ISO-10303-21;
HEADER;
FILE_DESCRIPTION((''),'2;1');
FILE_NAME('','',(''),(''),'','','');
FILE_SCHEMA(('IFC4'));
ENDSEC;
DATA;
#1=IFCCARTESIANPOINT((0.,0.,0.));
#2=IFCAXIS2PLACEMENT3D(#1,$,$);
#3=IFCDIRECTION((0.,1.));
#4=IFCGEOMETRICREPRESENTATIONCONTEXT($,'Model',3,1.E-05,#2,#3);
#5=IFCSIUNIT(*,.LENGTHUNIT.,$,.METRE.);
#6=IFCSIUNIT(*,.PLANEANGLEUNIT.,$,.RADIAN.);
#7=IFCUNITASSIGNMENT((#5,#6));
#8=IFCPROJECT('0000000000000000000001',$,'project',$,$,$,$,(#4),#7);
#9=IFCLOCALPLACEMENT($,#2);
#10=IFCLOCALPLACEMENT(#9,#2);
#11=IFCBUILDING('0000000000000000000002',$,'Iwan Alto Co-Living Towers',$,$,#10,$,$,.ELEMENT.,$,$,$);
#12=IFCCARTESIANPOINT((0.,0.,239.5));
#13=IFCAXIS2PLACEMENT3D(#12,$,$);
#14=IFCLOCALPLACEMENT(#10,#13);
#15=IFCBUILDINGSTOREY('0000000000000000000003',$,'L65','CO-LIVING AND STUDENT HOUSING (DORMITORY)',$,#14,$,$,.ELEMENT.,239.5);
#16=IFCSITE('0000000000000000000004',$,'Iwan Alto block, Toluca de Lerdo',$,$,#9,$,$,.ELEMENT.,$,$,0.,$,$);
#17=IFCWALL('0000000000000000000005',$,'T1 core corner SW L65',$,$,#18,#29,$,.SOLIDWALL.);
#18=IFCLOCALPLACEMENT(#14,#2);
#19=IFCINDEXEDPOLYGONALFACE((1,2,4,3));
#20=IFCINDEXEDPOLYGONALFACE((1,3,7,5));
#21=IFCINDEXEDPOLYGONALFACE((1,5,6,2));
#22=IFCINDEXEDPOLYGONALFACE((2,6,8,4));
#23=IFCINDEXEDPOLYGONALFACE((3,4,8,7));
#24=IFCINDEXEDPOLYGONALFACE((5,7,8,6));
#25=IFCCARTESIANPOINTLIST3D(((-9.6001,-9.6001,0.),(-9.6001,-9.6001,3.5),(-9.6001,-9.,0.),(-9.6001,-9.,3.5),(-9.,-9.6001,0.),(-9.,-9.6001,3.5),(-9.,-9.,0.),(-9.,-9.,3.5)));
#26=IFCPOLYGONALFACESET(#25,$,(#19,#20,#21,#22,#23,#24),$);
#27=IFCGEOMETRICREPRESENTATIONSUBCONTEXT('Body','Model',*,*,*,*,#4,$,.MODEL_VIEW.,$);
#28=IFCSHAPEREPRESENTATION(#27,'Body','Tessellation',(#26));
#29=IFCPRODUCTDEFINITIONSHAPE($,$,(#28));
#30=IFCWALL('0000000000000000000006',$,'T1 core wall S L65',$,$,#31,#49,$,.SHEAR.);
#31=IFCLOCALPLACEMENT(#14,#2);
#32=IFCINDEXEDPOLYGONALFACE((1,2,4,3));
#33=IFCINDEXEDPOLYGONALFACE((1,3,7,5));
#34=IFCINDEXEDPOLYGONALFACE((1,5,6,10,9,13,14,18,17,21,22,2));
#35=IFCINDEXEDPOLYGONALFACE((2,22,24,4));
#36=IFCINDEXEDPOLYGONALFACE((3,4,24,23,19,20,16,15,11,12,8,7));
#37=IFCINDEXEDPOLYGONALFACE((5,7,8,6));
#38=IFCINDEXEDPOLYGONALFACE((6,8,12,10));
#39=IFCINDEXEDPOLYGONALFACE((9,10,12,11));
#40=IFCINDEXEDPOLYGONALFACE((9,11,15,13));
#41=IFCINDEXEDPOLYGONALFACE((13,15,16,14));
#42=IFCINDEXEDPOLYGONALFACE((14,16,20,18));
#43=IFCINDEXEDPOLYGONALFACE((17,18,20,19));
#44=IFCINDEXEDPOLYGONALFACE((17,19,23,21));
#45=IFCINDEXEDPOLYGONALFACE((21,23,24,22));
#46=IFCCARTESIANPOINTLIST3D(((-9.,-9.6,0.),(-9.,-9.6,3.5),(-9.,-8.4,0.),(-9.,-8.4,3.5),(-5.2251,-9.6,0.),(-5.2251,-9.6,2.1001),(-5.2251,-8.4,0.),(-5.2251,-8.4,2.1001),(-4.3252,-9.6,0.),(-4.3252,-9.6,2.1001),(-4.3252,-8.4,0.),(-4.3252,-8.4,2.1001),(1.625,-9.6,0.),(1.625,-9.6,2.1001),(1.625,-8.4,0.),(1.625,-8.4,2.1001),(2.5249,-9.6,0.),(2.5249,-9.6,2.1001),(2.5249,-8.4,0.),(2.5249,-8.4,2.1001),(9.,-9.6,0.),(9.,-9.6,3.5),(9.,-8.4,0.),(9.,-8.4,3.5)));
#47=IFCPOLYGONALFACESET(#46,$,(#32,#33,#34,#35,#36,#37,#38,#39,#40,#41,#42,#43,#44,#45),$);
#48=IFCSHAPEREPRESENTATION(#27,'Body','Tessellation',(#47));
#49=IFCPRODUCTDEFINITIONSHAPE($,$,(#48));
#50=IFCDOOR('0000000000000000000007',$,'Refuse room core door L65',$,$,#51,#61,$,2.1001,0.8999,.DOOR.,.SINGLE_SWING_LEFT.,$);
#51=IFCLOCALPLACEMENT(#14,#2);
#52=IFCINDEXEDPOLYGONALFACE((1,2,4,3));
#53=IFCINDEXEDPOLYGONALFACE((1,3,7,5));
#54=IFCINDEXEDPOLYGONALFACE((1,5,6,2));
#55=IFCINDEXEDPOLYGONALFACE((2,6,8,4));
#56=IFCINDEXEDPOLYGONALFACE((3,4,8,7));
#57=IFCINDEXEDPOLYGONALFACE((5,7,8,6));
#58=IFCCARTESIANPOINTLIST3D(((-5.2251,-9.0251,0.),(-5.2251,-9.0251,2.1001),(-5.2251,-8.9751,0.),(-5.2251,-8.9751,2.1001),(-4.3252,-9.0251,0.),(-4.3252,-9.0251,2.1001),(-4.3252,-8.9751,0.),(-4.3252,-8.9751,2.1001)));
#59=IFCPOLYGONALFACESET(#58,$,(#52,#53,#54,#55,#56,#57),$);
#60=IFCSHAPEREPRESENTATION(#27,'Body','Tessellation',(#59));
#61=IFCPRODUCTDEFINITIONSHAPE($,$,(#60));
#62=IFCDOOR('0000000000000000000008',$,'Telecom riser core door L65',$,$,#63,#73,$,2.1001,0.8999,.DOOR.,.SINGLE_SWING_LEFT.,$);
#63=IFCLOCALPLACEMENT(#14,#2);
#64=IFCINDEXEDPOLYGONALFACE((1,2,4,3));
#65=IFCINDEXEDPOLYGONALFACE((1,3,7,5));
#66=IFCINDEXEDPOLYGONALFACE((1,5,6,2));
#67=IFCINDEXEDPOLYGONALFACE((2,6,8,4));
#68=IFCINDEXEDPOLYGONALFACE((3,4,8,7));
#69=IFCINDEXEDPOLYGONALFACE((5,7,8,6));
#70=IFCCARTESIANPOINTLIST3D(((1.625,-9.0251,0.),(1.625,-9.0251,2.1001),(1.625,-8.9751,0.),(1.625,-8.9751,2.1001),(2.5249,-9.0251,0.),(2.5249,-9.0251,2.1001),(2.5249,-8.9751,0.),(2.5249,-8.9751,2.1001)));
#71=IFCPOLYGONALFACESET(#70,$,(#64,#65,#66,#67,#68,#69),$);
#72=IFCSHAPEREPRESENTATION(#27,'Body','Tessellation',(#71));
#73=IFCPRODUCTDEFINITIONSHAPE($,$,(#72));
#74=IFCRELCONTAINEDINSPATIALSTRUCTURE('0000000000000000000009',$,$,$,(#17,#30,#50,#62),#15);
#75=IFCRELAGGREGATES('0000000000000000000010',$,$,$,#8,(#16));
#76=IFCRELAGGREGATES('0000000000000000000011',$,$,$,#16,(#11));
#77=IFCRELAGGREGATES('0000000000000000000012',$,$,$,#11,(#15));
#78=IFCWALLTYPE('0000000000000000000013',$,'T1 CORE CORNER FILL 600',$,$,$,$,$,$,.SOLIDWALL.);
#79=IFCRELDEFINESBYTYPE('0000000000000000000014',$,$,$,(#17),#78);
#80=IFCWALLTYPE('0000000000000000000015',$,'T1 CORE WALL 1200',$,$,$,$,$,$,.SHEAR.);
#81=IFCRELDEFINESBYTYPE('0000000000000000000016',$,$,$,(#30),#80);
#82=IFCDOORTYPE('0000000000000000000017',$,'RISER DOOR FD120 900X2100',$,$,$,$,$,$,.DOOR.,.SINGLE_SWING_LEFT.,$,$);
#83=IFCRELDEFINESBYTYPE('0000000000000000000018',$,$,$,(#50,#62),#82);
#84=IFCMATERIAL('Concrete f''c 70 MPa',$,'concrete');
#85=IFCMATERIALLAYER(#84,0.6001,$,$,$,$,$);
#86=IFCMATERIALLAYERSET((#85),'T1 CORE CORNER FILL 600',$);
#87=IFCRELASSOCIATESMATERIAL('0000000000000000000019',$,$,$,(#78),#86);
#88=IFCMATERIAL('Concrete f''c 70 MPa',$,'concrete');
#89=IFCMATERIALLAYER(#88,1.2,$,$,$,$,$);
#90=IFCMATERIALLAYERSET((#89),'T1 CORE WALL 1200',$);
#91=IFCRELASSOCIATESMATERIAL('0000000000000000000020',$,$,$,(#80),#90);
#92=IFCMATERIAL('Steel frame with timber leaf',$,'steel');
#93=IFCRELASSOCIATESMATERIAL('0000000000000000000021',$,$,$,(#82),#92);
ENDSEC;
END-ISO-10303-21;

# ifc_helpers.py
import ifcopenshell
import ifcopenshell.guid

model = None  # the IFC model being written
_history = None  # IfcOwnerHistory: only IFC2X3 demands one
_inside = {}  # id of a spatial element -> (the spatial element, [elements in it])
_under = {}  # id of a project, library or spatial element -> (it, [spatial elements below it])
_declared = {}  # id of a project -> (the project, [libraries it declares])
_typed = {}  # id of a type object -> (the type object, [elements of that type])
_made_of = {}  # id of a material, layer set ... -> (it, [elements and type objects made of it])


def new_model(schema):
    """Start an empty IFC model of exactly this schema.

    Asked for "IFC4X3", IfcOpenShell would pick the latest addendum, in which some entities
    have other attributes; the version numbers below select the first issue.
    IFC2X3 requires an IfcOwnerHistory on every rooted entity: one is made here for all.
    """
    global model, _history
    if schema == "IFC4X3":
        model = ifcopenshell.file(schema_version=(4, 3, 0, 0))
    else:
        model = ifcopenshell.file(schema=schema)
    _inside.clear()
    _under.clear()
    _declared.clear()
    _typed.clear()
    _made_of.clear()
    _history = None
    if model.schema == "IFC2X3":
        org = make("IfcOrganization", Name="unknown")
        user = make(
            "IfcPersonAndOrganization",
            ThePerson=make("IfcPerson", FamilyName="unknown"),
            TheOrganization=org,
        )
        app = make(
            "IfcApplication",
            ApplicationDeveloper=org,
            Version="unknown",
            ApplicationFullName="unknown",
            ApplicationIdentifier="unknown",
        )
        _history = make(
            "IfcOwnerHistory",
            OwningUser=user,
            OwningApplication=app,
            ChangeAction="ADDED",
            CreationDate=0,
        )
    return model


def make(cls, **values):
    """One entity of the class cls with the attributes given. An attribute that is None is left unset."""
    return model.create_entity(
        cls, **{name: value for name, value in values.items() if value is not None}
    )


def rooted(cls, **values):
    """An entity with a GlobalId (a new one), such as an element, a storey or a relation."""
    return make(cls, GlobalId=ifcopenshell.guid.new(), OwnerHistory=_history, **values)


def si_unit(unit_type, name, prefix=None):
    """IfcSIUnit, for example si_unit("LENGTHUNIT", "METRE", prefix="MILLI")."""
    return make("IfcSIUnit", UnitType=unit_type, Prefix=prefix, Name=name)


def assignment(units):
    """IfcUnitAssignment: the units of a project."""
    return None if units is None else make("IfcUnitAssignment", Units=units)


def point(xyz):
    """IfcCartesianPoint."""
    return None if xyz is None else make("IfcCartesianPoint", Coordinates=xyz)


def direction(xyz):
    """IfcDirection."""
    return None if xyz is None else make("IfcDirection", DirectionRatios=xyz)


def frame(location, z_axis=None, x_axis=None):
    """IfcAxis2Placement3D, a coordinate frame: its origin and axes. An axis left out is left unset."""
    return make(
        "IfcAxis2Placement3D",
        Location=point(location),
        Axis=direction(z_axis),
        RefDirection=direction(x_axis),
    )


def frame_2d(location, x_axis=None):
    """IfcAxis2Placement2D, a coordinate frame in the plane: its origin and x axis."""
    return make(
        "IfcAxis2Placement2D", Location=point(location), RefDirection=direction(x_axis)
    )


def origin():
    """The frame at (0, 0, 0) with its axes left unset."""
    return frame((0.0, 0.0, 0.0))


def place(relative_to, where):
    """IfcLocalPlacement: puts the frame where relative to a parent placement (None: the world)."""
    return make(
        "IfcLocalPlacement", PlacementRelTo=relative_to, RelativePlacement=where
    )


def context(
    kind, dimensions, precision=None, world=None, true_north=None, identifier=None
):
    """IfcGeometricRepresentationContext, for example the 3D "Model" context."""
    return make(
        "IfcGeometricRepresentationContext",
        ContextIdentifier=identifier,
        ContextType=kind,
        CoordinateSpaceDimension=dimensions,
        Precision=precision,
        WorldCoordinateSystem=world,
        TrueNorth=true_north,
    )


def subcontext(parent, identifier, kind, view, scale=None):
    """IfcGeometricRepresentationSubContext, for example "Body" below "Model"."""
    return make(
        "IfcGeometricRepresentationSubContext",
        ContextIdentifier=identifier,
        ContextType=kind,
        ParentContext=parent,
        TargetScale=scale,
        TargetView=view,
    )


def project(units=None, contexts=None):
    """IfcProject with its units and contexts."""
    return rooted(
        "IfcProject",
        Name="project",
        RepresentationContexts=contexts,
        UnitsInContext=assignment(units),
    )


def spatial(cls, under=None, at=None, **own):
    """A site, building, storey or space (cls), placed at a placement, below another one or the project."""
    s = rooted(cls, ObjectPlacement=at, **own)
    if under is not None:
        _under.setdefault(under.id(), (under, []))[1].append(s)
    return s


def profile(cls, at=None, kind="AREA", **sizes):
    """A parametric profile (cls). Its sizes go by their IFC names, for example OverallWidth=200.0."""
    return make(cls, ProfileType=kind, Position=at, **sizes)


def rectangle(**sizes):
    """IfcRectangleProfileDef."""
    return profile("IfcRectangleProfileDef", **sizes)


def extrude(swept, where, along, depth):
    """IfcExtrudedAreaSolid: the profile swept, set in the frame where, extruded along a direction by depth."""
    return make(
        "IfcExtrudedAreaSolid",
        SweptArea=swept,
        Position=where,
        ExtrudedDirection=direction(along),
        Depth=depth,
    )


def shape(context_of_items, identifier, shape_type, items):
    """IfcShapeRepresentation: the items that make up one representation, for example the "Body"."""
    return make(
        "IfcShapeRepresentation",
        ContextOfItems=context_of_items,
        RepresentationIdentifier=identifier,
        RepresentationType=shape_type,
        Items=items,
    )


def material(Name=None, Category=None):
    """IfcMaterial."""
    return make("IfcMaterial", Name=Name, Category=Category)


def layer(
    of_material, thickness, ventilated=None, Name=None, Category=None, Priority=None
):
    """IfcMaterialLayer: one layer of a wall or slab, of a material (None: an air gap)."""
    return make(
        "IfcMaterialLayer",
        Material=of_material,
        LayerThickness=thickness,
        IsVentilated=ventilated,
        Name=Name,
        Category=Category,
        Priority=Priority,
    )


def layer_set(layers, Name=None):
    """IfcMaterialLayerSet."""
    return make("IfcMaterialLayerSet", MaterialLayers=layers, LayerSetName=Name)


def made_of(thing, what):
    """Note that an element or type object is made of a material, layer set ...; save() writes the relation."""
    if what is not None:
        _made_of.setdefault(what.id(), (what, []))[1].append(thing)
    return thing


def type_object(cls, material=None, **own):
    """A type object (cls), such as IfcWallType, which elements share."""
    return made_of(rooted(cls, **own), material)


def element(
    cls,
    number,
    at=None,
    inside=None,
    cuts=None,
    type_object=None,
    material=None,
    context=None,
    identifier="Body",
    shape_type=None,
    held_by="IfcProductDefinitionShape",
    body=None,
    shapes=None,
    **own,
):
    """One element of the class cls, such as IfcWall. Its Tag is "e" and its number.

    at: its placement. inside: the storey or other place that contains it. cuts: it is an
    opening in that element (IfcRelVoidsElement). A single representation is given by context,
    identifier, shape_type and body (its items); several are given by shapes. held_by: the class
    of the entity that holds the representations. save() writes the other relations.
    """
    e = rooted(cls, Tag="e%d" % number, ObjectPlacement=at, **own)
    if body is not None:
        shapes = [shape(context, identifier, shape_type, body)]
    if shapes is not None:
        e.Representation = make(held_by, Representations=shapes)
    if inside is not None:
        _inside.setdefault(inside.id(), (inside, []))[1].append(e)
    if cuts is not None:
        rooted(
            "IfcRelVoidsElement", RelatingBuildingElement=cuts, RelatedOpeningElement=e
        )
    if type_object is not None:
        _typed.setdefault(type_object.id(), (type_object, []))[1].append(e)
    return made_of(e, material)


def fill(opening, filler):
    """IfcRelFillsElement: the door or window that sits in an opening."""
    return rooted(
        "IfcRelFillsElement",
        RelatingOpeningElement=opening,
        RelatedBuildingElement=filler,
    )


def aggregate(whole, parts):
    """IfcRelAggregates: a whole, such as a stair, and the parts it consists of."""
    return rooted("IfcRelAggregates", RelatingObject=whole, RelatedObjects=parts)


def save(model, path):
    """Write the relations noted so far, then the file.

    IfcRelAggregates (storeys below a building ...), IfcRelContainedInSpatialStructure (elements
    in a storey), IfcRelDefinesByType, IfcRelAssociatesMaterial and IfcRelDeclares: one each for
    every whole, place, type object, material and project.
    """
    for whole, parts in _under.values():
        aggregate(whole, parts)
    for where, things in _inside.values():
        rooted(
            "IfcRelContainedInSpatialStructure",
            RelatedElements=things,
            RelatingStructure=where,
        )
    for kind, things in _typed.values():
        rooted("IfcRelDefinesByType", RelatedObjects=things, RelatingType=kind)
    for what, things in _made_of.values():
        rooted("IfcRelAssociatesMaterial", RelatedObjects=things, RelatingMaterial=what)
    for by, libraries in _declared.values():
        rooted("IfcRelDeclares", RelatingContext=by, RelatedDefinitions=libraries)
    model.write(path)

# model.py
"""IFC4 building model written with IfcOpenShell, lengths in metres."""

from ifc_helpers import new_model, si_unit, direction, frame, frame_2d, origin, place, context, subcontext, project, spatial, rectangle, extrude, material, layer, layer_set, type_object, element, fill, save


model = new_model("IFC4")

# Units and contexts
model_context = context("Model", 3, precision=1e-05, world=origin(), true_north=direction((0.0, 1.0)))
body_context = subcontext(model_context, "Body", "Model", "MODEL_VIEW")
ifc_project = project(units=[si_unit("LENGTHUNIT", "METRE"), si_unit("PLANEANGLEUNIT", "RADIAN")], contexts=[model_context])

# Site, building, storey
site_placement = place(None, origin())
site = spatial("IfcSite", under=ifc_project, at=site_placement, Name="Iwan Alto block, Toluca de Lerdo", CompositionType="ELEMENT", RefElevation=0.0)
building_placement = place(site_placement, origin())
building = spatial("IfcBuilding", under=site, at=building_placement, Name="Iwan Alto Co-Living Towers", CompositionType="ELEMENT")
storey_placement = place(building_placement, frame((0.0, 0.0, 239.5)))
storey = spatial("IfcBuildingStorey", under=building, at=storey_placement, Name="L65", Description="CO-LIVING AND STUDENT HOUSING (DORMITORY)", CompositionType="ELEMENT", Elevation=239.5)

# Wall
ifc_material_1 = material(Name="Concrete f'c 70 MPa", Category="concrete")
ifc_layer_1 = layer(ifc_material_1, 0.6001)
ifc_layer_set_1 = layer_set([ifc_layer_1], Name="T1 CORE CORNER FILL 600")
wall_type_1 = type_object("IfcWallType", Name="T1 CORE CORNER FILL 600", PredefinedType="SOLIDWALL", material=ifc_layer_set_1)
wall_1_placement = place(storey_placement, frame((-9.6001, -9.3, 0.0), z_axis=(0.0, 0.0, 1.0), x_axis=(1.0, 0.0, 0.0)))
element("IfcWall", 1, at=wall_1_placement, inside=storey, type_object=wall_type_1, Name="T1 core corner SW L65", PredefinedType="SOLIDWALL", context=body_context, shape_type="SweptSolid", body=[
    extrude(rectangle(XDim=0.6001, YDim=0.6001, at=frame_2d((0.3, 0.0))), origin(), (0.0, 0.0, 1.0), 3.5),
])

# Wall, openings, doors
ifc_material_2 = material(Name="Concrete f'c 70 MPa", Category="concrete")
ifc_layer_2 = layer(ifc_material_2, 1.2)
ifc_layer_set_2 = layer_set([ifc_layer_2], Name="T1 CORE WALL 1200")
wall_type_2 = type_object("IfcWallType", Name="T1 CORE WALL 1200", PredefinedType="SHEAR", material=ifc_layer_set_2)
wall_2_placement = place(storey_placement, frame((-9.0, -9.0, 0.0), z_axis=(0.0, 0.0, 1.0), x_axis=(1.0, 0.0, 0.0)))
wall_2 = element("IfcWall", 2, at=wall_2_placement, inside=storey, type_object=wall_type_2, Name="T1 core wall S L65", PredefinedType="SHEAR", context=body_context, shape_type="SweptSolid", body=[
    extrude(rectangle(XDim=18.0, YDim=1.2, at=frame_2d((9.0, 0.0))), origin(), (0.0, 0.0, 1.0), 3.5),
])
opening_1_placement = place(wall_2_placement, frame((3.7749, 0.0, 0.0)))
opening_1 = element("IfcOpeningElement", 3, at=opening_1_placement, cuts=wall_2, PredefinedType="OPENING", context=body_context, shape_type="SweptSolid", body=[
    extrude(rectangle(XDim=0.8999, YDim=2.1001, at=frame_2d((0.45, 1.05))), frame((0.0, 0.6099, 0.0), z_axis=(0.0, -1.0, 0.0), x_axis=(1.0, 0.0, 0.0)), (0.0, 0.0, 1.0), 1.22),
])
opening_2_placement = place(wall_2_placement, frame((10.625, 0.0, 0.0)))
opening_2 = element("IfcOpeningElement", 4, at=opening_2_placement, cuts=wall_2, PredefinedType="OPENING", context=body_context, shape_type="SweptSolid", body=[
    extrude(rectangle(XDim=0.8999, YDim=2.1001, at=frame_2d((0.45, 1.05))), frame((0.0, 0.6099, 0.0), z_axis=(0.0, -1.0, 0.0), x_axis=(1.0, 0.0, 0.0)), (0.0, 0.0, 1.0), 1.22),
])
ifc_material_3 = material(Name="Steel frame with timber leaf", Category="steel")
door_type_1 = type_object("IfcDoorType", Name="RISER DOOR FD120 900X2100", OperationType="SINGLE_SWING_LEFT", PredefinedType="DOOR", material=ifc_material_3)
door_1_placement = place(opening_1_placement, origin())
door_1 = element("IfcDoor", 5, at=door_1_placement, inside=storey, type_object=door_type_1, Name="Refuse room core door L65", OperationType="SINGLE_SWING_LEFT", OverallHeight=2.1001, OverallWidth=0.8999, PredefinedType="DOOR", context=body_context, shape_type="SweptSolid", body=[
    extrude(rectangle(XDim=0.8999, YDim=2.1001, at=frame_2d((0.45, 1.05))), frame((0.0, 0.0249, 0.0), z_axis=(0.0, -1.0, 0.0), x_axis=(1.0, 0.0, 0.0)), (0.0, 0.0, 1.0), 0.05),
])
fill(opening_1, door_1)
door_2_placement = place(opening_2_placement, origin())
door_2 = element("IfcDoor", 6, at=door_2_placement, inside=storey, type_object=door_type_1, Name="Telecom riser core door L65", OperationType="SINGLE_SWING_LEFT", OverallHeight=2.1001, OverallWidth=0.8999, PredefinedType="DOOR", context=body_context, shape_type="SweptSolid", body=[
    extrude(rectangle(XDim=0.8999, YDim=2.1001, at=frame_2d((0.45, 1.05))), frame((0.0, 0.0249, 0.0), z_axis=(0.0, -1.0, 0.0), x_axis=(1.0, 0.0, 0.0)), (0.0, 0.0, 1.0), 0.05),
])
fill(opening_2, door_2)

save(model, "model.ifc")
